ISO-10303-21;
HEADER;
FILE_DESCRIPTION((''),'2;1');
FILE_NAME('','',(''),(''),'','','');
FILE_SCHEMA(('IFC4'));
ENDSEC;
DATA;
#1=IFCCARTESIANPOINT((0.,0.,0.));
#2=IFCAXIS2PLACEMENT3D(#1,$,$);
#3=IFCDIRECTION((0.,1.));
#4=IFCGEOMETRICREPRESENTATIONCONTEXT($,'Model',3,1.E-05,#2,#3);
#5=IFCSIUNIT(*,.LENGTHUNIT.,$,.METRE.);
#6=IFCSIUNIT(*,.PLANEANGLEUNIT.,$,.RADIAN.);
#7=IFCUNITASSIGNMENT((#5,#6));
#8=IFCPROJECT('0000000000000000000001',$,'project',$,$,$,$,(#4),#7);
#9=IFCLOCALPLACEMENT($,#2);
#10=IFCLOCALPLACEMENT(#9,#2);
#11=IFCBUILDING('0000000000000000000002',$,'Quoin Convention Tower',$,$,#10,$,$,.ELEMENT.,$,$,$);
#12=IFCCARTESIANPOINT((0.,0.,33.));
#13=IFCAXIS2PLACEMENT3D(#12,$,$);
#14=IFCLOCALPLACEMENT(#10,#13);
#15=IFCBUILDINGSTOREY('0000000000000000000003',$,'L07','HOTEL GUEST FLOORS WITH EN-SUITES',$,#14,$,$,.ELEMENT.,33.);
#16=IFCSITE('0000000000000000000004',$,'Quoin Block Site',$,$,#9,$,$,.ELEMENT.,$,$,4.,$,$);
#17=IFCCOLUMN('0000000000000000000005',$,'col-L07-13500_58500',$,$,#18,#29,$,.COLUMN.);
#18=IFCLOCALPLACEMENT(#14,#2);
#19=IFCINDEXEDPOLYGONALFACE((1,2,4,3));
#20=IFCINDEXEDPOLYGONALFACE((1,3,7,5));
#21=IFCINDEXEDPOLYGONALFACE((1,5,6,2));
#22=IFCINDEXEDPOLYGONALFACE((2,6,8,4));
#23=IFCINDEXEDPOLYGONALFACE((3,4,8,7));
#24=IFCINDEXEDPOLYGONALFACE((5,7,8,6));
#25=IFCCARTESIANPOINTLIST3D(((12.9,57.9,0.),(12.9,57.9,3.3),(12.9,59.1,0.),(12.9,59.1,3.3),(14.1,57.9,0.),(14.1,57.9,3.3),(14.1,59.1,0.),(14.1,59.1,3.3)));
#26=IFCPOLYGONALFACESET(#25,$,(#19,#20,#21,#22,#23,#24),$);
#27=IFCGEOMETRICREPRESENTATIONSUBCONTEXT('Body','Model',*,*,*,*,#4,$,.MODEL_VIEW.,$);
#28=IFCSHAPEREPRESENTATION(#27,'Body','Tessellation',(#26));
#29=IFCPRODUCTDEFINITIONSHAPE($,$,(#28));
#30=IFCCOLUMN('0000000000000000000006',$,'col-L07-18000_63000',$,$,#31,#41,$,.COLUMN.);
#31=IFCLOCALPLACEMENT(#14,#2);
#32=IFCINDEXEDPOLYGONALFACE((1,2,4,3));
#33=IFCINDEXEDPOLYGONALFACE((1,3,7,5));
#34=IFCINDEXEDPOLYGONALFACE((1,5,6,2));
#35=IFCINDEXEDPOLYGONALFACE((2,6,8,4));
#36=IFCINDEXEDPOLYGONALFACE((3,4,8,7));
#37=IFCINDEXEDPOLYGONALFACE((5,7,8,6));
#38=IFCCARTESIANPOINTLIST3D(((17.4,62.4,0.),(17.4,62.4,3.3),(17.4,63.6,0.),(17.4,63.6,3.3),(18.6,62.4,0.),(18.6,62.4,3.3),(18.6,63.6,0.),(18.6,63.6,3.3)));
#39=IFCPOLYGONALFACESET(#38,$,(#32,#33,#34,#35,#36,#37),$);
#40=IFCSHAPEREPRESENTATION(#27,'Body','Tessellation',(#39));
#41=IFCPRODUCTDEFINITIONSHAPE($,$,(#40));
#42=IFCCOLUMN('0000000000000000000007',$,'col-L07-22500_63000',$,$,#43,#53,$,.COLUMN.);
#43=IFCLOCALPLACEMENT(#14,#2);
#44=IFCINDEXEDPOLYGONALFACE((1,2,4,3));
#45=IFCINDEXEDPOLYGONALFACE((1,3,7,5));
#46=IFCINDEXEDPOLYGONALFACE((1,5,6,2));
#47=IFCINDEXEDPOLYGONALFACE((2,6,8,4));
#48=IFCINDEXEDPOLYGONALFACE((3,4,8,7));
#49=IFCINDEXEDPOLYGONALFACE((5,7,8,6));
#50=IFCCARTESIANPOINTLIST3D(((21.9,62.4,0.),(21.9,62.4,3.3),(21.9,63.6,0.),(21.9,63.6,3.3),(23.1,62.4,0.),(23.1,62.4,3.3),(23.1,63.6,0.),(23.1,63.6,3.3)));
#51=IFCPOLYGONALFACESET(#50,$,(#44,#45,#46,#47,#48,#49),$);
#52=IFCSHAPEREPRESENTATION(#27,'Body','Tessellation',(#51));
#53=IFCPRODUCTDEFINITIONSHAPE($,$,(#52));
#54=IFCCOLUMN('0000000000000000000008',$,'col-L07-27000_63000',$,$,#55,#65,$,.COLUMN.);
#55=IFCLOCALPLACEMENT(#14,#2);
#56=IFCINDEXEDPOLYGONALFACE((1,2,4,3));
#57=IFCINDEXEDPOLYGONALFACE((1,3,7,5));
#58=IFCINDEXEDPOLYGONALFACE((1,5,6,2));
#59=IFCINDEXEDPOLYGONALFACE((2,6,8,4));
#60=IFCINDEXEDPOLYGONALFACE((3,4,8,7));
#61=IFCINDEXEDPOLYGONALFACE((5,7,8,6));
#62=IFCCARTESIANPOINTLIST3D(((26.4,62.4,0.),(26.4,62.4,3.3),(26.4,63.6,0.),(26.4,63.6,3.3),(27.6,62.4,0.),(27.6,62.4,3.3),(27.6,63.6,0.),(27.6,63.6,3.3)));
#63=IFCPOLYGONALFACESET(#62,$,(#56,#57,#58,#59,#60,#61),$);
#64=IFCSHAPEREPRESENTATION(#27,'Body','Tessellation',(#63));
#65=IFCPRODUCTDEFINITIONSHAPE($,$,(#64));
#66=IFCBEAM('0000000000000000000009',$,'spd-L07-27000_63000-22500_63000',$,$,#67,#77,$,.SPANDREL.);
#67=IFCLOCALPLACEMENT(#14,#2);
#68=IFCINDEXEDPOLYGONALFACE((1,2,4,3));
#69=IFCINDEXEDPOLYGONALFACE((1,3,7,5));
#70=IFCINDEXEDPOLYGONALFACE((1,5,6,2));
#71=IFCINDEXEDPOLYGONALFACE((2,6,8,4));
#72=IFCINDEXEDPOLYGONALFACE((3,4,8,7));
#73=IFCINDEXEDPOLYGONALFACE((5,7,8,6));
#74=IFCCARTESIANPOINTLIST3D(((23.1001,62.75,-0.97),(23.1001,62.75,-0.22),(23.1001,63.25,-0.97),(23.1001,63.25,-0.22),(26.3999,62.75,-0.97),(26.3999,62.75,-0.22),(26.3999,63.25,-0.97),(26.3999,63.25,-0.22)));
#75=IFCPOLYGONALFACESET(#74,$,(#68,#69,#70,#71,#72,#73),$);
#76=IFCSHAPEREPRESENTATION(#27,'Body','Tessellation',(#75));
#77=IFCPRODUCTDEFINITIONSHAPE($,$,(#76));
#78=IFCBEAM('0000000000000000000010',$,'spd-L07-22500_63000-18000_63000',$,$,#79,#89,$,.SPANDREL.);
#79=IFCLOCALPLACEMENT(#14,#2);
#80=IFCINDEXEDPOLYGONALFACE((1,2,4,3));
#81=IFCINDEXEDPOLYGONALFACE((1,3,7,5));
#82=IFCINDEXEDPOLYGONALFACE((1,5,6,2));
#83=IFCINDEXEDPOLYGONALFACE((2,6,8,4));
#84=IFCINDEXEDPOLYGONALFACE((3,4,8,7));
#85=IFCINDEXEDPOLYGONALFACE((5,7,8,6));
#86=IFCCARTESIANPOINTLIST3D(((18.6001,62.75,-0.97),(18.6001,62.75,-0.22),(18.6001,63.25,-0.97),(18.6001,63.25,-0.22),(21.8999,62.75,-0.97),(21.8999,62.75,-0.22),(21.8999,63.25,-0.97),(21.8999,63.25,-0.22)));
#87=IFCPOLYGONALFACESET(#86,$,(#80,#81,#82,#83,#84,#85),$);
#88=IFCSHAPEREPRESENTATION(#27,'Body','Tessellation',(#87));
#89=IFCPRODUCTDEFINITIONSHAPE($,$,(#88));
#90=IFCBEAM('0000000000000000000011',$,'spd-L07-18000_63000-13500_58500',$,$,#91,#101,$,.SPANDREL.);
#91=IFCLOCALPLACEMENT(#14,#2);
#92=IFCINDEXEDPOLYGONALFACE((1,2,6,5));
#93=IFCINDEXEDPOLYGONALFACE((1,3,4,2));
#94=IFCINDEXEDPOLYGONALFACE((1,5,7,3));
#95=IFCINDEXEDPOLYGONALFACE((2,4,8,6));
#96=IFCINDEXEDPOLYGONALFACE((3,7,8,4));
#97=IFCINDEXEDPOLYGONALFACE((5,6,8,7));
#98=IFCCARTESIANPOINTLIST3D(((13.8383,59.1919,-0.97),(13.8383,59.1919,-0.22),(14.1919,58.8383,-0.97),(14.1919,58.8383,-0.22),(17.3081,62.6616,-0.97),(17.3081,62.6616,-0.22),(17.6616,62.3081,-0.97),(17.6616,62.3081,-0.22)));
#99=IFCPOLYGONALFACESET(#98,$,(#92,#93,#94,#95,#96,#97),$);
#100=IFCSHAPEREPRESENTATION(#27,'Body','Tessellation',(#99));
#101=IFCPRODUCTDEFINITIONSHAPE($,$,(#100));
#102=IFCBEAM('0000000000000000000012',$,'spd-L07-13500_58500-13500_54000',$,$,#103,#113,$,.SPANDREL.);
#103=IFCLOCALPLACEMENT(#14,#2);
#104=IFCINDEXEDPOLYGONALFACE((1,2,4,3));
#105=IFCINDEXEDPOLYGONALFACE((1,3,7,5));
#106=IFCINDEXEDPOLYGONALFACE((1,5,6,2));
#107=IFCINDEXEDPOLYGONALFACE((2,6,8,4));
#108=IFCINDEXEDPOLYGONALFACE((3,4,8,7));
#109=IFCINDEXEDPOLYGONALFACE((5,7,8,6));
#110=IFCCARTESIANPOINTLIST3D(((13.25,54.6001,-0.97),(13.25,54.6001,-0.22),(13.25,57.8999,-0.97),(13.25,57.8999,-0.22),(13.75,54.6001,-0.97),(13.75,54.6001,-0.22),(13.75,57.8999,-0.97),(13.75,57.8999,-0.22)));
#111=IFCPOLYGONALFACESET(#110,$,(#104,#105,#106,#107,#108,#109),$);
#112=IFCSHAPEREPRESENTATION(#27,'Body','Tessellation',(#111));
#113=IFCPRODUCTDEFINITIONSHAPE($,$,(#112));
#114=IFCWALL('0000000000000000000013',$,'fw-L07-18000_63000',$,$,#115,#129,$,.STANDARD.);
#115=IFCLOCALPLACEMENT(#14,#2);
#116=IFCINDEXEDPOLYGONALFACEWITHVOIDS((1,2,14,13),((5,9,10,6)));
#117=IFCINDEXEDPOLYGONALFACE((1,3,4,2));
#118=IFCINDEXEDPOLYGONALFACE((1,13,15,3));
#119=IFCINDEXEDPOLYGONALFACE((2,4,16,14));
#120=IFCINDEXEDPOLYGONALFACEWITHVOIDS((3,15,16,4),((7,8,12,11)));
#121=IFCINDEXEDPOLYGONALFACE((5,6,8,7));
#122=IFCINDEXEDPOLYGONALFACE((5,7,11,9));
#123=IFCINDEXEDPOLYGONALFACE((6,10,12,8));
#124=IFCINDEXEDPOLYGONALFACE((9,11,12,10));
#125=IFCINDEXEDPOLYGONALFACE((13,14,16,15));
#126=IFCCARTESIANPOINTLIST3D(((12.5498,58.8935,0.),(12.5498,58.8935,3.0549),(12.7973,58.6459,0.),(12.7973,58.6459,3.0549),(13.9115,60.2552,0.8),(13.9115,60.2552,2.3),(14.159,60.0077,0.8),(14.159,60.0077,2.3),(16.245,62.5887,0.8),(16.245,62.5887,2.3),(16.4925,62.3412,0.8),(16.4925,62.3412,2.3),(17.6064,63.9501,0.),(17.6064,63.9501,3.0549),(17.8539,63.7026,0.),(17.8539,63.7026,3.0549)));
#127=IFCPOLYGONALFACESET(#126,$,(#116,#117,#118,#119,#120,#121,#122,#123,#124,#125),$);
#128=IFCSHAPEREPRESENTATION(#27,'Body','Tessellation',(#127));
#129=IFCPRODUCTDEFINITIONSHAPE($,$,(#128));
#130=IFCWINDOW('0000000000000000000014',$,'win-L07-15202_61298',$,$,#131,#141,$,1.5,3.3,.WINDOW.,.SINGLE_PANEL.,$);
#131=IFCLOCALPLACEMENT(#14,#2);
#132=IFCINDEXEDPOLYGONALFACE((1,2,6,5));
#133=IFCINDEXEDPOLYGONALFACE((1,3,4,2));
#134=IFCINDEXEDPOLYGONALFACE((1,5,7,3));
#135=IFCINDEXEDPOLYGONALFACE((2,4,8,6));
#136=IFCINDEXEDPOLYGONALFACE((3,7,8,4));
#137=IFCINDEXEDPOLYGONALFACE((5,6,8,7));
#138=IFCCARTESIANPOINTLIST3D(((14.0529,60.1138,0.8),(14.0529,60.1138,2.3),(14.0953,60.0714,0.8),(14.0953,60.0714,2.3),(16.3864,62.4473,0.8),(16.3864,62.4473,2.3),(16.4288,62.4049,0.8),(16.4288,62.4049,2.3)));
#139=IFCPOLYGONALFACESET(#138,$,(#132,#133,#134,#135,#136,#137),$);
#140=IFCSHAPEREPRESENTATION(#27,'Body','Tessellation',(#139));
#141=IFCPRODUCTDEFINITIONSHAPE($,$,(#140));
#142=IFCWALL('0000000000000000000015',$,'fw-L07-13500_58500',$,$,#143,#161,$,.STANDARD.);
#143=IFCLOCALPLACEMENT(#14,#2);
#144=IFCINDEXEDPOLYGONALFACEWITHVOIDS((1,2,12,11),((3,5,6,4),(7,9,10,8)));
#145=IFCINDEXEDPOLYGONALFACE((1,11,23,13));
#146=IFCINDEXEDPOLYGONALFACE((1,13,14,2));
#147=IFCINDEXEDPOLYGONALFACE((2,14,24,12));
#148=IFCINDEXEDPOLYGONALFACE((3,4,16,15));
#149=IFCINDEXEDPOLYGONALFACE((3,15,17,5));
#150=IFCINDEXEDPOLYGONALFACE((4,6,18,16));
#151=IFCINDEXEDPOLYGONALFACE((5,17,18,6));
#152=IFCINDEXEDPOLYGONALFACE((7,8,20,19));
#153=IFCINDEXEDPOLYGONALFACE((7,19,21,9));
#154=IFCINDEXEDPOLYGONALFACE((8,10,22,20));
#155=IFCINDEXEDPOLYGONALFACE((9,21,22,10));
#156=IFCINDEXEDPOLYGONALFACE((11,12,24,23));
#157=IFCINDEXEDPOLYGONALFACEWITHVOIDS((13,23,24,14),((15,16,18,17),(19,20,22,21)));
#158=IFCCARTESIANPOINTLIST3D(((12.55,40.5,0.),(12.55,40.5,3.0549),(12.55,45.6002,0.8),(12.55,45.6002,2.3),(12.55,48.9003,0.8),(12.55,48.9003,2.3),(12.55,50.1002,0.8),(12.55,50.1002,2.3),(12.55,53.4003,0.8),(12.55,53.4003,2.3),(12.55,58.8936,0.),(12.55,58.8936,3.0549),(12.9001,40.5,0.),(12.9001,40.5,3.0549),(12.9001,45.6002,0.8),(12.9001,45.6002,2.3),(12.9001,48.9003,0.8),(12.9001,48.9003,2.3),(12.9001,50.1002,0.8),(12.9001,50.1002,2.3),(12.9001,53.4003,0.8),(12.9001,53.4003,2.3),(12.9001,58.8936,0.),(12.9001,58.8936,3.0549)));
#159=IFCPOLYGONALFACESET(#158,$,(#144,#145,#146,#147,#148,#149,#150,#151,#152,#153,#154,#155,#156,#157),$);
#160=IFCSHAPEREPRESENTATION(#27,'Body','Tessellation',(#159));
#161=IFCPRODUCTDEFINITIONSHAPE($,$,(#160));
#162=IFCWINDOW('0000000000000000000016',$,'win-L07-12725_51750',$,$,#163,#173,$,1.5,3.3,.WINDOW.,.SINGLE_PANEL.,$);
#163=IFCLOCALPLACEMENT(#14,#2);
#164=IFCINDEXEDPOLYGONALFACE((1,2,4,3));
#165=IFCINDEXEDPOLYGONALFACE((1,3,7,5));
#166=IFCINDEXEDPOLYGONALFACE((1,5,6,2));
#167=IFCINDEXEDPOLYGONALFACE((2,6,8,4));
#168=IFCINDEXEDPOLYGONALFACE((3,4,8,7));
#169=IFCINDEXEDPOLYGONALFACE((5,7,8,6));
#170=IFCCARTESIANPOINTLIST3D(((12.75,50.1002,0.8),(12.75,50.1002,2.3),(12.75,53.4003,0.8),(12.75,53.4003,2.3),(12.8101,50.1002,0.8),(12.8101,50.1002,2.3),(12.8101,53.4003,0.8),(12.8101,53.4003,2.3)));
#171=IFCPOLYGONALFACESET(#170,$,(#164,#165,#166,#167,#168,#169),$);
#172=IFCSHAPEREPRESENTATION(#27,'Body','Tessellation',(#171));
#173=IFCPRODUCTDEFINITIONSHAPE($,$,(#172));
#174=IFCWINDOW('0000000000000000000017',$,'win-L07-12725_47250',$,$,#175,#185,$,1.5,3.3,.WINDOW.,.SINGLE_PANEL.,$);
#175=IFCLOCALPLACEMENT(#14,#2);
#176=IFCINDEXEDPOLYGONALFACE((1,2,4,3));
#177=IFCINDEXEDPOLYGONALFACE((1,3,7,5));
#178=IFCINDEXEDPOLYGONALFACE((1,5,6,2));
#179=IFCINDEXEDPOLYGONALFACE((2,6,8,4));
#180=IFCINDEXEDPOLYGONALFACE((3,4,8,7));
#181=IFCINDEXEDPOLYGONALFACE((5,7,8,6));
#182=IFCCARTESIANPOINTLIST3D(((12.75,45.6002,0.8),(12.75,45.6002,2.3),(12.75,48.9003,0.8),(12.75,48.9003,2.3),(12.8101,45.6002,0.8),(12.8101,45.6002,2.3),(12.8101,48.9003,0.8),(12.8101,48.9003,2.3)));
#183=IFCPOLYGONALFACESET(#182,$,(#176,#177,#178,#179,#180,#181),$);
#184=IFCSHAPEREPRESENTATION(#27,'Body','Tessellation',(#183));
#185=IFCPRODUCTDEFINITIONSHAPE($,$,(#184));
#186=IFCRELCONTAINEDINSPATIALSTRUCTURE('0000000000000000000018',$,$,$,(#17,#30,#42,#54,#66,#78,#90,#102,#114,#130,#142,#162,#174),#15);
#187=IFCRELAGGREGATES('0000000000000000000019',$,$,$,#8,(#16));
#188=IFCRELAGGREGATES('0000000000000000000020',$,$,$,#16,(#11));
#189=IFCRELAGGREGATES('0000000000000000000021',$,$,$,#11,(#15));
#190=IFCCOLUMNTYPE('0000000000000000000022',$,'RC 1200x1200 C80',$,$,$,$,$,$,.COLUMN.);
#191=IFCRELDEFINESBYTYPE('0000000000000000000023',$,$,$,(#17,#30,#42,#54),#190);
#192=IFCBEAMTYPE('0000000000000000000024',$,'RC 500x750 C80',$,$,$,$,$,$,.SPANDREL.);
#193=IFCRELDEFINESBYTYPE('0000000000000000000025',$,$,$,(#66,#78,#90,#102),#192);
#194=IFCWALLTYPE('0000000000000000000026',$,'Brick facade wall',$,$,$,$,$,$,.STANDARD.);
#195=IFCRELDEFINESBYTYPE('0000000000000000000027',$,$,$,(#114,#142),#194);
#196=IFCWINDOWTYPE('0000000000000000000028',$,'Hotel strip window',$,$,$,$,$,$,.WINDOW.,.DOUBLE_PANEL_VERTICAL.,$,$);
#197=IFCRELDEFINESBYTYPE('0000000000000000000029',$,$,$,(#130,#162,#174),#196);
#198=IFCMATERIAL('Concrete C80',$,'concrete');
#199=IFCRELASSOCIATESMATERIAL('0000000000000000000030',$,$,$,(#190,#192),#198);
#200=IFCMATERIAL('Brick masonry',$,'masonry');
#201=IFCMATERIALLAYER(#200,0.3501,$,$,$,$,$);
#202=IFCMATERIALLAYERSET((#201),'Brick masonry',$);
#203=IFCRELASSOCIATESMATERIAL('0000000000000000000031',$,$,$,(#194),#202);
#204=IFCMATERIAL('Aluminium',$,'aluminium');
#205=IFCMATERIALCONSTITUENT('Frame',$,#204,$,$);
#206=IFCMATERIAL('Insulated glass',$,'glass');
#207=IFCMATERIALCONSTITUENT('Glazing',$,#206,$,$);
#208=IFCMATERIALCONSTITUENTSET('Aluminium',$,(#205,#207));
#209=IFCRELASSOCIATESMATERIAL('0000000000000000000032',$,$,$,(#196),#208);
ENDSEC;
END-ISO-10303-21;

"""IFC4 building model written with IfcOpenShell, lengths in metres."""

from ifc_helpers import new_model, si_unit, direction, frame, frame_2d, origin, origin_2d, place, context, subcontext, project, spatial, rectangle, extrude, material, layer, layer_set, constituent, constituent_set, material_profile, profile_set, type_object, element, fill, save


model = new_model("IFC4")

# Units and contexts
model_context = context("Model", 3, precision=1e-05, world=origin(), true_north=direction((0.0, 1.0)))
body_context = subcontext(model_context, "Body", "Model", "MODEL_VIEW")
ifc_project = project(units=[si_unit("LENGTHUNIT", "METRE"), si_unit("PLANEANGLEUNIT", "RADIAN")], contexts=[model_context])

# Site, building, storey
site_placement = place(None, origin())
site = spatial("IfcSite", under=ifc_project, at=site_placement, Name="Quoin Block Site", CompositionType="ELEMENT", RefElevation=4.0)
building_placement = place(site_placement, origin())
building = spatial("IfcBuilding", under=site, at=building_placement, Name="Quoin Convention Tower", CompositionType="ELEMENT")
storey_placement = place(building_placement, frame((0.0, 0.0, 33.0)))
storey = spatial("IfcBuildingStorey", under=building, at=storey_placement, Name="L07", Description="HOTEL GUEST FLOORS WITH EN-SUITES", CompositionType="ELEMENT", Elevation=33.0)

# Columns
ifc_material_1 = material(Name="Concrete C80", Category="concrete")
ifc_material_profile_1 = material_profile(ifc_material_1, rectangle(XDim=1.2, YDim=1.2, at=origin_2d()), Name="RC 1200x1200")
ifc_profile_set_1 = profile_set([ifc_material_profile_1], Name="Concrete C80")
column_type = type_object("IfcColumnType", Name="RC 1200x1200 C80", PredefinedType="COLUMN", material=ifc_profile_set_1)
for number, where, z_axis, x_axis, name in (
    (1, (13.5, 58.5, 0.0), (0.0, 0.0, 1.0), (1.0, 0.0, 0.0), "col-L07-13500_58500"),
    (2, (18.0, 63.0, 0.0), (0.0, 0.0, 1.0), (1.0, 0.0, 0.0), "col-L07-18000_63000"),
    (3, (22.5, 63.0, 0.0), (0.0, 0.0, 1.0), (1.0, 0.0, 0.0), "col-L07-22500_63000"),
    (4, (27.0, 63.0, 0.0), (0.0, 0.0, 1.0), (1.0, 0.0, 0.0), "col-L07-27000_63000"),
):
    element("IfcColumn", number, at=place(storey_placement, frame(where, z_axis=z_axis, x_axis=x_axis)), inside=storey, type_object=column_type, Name=name, PredefinedType="COLUMN", context=body_context, shape_type="SweptSolid", body=[
        extrude(rectangle(XDim=1.2, YDim=1.2, at=origin_2d()), origin(), (0.0, 0.0, 1.0), 3.3),
    ])

# Beams
ifc_material_profile_2 = material_profile(ifc_material_1, rectangle(XDim=0.5, YDim=0.75, at=origin_2d()), Name="RC 500x750")
ifc_profile_set_2 = profile_set([ifc_material_profile_2], Name="Concrete C80")
beam_type = type_object("IfcBeamType", Name="RC 500x750 C80", PredefinedType="SPANDREL", material=ifc_profile_set_2)
for number, where, z_axis, x_axis, name in (
    (5, (26.3999, 63.0, -0.595), (-1.0, 0.0, 0.0), (0.0, -1.0, 0.0), "spd-L07-27000_63000-22500_63000"),
    (6, (21.8999, 63.0, -0.595), (-1.0, 0.0, 0.0), (0.0, -1.0, 0.0), "spd-L07-22500_63000-18000_63000"),
):
    element("IfcBeam", number, at=place(storey_placement, frame(where, z_axis=z_axis, x_axis=x_axis)), inside=storey, type_object=beam_type, Name=name, PredefinedType="SPANDREL", context=body_context, shape_type="SweptSolid", body=[
        extrude(rectangle(XDim=0.5, YDim=0.75, at=origin_2d()), origin(), (0.0, 0.0, 1.0), 3.2998),
    ])
beam_1_placement = place(storey_placement, frame((17.4849, 62.4849, -0.595), z_axis=(-0.707107, -0.707107, 0.0), x_axis=(0.707107, -0.707107, 0.0)))
element("IfcBeam", 7, at=beam_1_placement, inside=storey, type_object=beam_type, Name="spd-L07-18000_63000-13500_58500", PredefinedType="SPANDREL", context=body_context, shape_type="SweptSolid", body=[
    extrude(rectangle(XDim=0.5, YDim=0.75, at=origin_2d()), origin(), (0.0, 0.0, 1.0), 4.907),
])
beam_2_placement = place(storey_placement, frame((13.5, 57.8999, -0.595), z_axis=(0.0, -1.0, 0.0), x_axis=(1.0, 0.0, 0.0)))
element("IfcBeam", 8, at=beam_2_placement, inside=storey, type_object=beam_type, Name="spd-L07-13500_58500-13500_54000", PredefinedType="SPANDREL", context=body_context, shape_type="SweptSolid", body=[
    extrude(rectangle(XDim=0.5, YDim=0.75, at=origin_2d()), origin(), (0.0, 0.0, 1.0), 3.2998),
])

# Wall, opening, window
ifc_material_2 = material(Name="Brick masonry", Category="masonry")
ifc_layer_1 = layer(ifc_material_2, 0.3501)
ifc_layer_set_1 = layer_set([ifc_layer_1], Name="Brick masonry")
wall_type_1 = type_object("IfcWallType", Name="Brick facade wall", PredefinedType="STANDARD", material=ifc_layer_set_1)
wall_1_placement = place(storey_placement, frame((17.7302, 63.8264, 0.0), z_axis=(0.0, 0.0, 1.0), x_axis=(-0.707107, -0.707107, 0.0)))
wall_1 = element("IfcWall", 9, at=wall_1_placement, inside=storey, type_object=wall_type_1, Name="fw-L07-18000_63000", PredefinedType="STANDARD", context=body_context, shape_type="SweptSolid", body=[
    extrude(rectangle(XDim=7.1511, YDim=0.3501, at=frame_2d((3.5757, 0.0))), origin(), (0.0, 0.0, 1.0), 3.0549),
])
opening_1_placement = place(wall_1_placement, frame((1.9255, 0.0, 0.8)))
opening_1 = element("IfcOpeningElement", 10, at=opening_1_placement, cuts=wall_1, PredefinedType="OPENING", context=body_context, shape_type="SweptSolid", body=[
    extrude(rectangle(XDim=3.3, YDim=1.5, at=frame_2d((1.6499, 0.75))), frame((0.0, 0.1851, 0.0), z_axis=(0.0, -1.0, 0.0), x_axis=(1.0, 0.0, 0.0)), (0.0, 0.0, 1.0), 0.3701),
])
ifc_material_3 = material(Name="Aluminium", Category="aluminium")
ifc_constituent_1 = constituent(ifc_material_3, Name="Frame")
ifc_material_4 = material(Name="Insulated glass", Category="glass")
ifc_constituent_2 = constituent(ifc_material_4, Name="Glazing")
ifc_constituent_set = constituent_set(constituents=[ifc_constituent_1, ifc_constituent_2], Name="Aluminium")
window_type = type_object("IfcWindowType", Name="Hotel strip window", PartitioningType="DOUBLE_PANEL_VERTICAL", PredefinedType="WINDOW", material=ifc_constituent_set)
window_1_placement = place(opening_1_placement, origin())
window_1 = element("IfcWindow", 11, at=window_1_placement, inside=storey, type_object=window_type, Name="win-L07-15202_61298", OverallHeight=1.5, OverallWidth=3.3, PartitioningType="SINGLE_PANEL", PredefinedType="WINDOW", context=body_context, shape_type="SweptSolid", body=[
    extrude(rectangle(XDim=3.3, YDim=1.5, at=frame_2d((1.6499, 0.75))), frame((0.0, 0.085, 0.0), z_axis=(0.0, -1.0, 0.0), x_axis=(1.0, 0.0, 0.0)), (0.0, 0.0, 1.0), 0.0601),
])
fill(opening_1, window_1)

# Wall, openings, windows
wall_2_placement = place(storey_placement, frame((12.7251, 58.8936, 0.0), z_axis=(0.0, 0.0, 1.0), x_axis=(0.0, -1.0, 0.0)))
wall_2 = element("IfcWall", 12, at=wall_2_placement, inside=storey, type_object=wall_type_1, Name="fw-L07-13500_58500", PredefinedType="STANDARD", context=body_context, shape_type="SweptSolid", body=[
    extrude(rectangle(XDim=18.3936, YDim=0.3501, at=frame_2d((9.1968, 0.0))), origin(), (0.0, 0.0, 1.0), 3.0549),
])
opening_2_placement = place(wall_2_placement, frame((5.4934, 0.0, 0.8)))
opening_2 = element("IfcOpeningElement", 13, at=opening_2_placement, cuts=wall_2, PredefinedType="OPENING", context=body_context, shape_type="SweptSolid", body=[
    extrude(rectangle(XDim=3.3, YDim=1.5, at=frame_2d((1.6499, 0.75))), frame((0.0, 0.1851, 0.0), z_axis=(0.0, -1.0, 0.0), x_axis=(1.0, 0.0, 0.0)), (0.0, 0.0, 1.0), 0.3701),
])
opening_3_placement = place(wall_2_placement, frame((9.9934, 0.0, 0.8)))
opening_3 = element("IfcOpeningElement", 14, at=opening_3_placement, cuts=wall_2, PredefinedType="OPENING", context=body_context, shape_type="SweptSolid", body=[
    extrude(rectangle(XDim=3.3, YDim=1.5, at=frame_2d((1.6499, 0.75))), frame((0.0, 0.1851, 0.0), z_axis=(0.0, -1.0, 0.0), x_axis=(1.0, 0.0, 0.0)), (0.0, 0.0, 1.0), 0.3701),
])
window_2_placement = place(opening_2_placement, origin())
window_2 = element("IfcWindow", 15, at=window_2_placement, inside=storey, type_object=window_type, Name="win-L07-12725_51750", OverallHeight=1.5, OverallWidth=3.3, PartitioningType="SINGLE_PANEL", PredefinedType="WINDOW", context=body_context, shape_type="SweptSolid", body=[
    extrude(rectangle(XDim=3.3, YDim=1.5, at=frame_2d((1.6499, 0.75))), frame((0.0, 0.085, 0.0), z_axis=(0.0, -1.0, 0.0), x_axis=(1.0, 0.0, 0.0)), (0.0, 0.0, 1.0), 0.0601),
])
fill(opening_2, window_2)
window_3_placement = place(opening_3_placement, origin())
window_3 = element("IfcWindow", 16, at=window_3_placement, inside=storey, type_object=window_type, Name="win-L07-12725_47250", OverallHeight=1.5, OverallWidth=3.3, PartitioningType="SINGLE_PANEL", PredefinedType="WINDOW", context=body_context, shape_type="SweptSolid", body=[
    extrude(rectangle(XDim=3.3, YDim=1.5, at=frame_2d((1.6499, 0.75))), frame((0.0, 0.085, 0.0), z_axis=(0.0, -1.0, 0.0), x_axis=(1.0, 0.0, 0.0)), (0.0, 0.0, 1.0), 0.0601),
])
fill(opening_3, window_3)

save(model, "model.ifc")
